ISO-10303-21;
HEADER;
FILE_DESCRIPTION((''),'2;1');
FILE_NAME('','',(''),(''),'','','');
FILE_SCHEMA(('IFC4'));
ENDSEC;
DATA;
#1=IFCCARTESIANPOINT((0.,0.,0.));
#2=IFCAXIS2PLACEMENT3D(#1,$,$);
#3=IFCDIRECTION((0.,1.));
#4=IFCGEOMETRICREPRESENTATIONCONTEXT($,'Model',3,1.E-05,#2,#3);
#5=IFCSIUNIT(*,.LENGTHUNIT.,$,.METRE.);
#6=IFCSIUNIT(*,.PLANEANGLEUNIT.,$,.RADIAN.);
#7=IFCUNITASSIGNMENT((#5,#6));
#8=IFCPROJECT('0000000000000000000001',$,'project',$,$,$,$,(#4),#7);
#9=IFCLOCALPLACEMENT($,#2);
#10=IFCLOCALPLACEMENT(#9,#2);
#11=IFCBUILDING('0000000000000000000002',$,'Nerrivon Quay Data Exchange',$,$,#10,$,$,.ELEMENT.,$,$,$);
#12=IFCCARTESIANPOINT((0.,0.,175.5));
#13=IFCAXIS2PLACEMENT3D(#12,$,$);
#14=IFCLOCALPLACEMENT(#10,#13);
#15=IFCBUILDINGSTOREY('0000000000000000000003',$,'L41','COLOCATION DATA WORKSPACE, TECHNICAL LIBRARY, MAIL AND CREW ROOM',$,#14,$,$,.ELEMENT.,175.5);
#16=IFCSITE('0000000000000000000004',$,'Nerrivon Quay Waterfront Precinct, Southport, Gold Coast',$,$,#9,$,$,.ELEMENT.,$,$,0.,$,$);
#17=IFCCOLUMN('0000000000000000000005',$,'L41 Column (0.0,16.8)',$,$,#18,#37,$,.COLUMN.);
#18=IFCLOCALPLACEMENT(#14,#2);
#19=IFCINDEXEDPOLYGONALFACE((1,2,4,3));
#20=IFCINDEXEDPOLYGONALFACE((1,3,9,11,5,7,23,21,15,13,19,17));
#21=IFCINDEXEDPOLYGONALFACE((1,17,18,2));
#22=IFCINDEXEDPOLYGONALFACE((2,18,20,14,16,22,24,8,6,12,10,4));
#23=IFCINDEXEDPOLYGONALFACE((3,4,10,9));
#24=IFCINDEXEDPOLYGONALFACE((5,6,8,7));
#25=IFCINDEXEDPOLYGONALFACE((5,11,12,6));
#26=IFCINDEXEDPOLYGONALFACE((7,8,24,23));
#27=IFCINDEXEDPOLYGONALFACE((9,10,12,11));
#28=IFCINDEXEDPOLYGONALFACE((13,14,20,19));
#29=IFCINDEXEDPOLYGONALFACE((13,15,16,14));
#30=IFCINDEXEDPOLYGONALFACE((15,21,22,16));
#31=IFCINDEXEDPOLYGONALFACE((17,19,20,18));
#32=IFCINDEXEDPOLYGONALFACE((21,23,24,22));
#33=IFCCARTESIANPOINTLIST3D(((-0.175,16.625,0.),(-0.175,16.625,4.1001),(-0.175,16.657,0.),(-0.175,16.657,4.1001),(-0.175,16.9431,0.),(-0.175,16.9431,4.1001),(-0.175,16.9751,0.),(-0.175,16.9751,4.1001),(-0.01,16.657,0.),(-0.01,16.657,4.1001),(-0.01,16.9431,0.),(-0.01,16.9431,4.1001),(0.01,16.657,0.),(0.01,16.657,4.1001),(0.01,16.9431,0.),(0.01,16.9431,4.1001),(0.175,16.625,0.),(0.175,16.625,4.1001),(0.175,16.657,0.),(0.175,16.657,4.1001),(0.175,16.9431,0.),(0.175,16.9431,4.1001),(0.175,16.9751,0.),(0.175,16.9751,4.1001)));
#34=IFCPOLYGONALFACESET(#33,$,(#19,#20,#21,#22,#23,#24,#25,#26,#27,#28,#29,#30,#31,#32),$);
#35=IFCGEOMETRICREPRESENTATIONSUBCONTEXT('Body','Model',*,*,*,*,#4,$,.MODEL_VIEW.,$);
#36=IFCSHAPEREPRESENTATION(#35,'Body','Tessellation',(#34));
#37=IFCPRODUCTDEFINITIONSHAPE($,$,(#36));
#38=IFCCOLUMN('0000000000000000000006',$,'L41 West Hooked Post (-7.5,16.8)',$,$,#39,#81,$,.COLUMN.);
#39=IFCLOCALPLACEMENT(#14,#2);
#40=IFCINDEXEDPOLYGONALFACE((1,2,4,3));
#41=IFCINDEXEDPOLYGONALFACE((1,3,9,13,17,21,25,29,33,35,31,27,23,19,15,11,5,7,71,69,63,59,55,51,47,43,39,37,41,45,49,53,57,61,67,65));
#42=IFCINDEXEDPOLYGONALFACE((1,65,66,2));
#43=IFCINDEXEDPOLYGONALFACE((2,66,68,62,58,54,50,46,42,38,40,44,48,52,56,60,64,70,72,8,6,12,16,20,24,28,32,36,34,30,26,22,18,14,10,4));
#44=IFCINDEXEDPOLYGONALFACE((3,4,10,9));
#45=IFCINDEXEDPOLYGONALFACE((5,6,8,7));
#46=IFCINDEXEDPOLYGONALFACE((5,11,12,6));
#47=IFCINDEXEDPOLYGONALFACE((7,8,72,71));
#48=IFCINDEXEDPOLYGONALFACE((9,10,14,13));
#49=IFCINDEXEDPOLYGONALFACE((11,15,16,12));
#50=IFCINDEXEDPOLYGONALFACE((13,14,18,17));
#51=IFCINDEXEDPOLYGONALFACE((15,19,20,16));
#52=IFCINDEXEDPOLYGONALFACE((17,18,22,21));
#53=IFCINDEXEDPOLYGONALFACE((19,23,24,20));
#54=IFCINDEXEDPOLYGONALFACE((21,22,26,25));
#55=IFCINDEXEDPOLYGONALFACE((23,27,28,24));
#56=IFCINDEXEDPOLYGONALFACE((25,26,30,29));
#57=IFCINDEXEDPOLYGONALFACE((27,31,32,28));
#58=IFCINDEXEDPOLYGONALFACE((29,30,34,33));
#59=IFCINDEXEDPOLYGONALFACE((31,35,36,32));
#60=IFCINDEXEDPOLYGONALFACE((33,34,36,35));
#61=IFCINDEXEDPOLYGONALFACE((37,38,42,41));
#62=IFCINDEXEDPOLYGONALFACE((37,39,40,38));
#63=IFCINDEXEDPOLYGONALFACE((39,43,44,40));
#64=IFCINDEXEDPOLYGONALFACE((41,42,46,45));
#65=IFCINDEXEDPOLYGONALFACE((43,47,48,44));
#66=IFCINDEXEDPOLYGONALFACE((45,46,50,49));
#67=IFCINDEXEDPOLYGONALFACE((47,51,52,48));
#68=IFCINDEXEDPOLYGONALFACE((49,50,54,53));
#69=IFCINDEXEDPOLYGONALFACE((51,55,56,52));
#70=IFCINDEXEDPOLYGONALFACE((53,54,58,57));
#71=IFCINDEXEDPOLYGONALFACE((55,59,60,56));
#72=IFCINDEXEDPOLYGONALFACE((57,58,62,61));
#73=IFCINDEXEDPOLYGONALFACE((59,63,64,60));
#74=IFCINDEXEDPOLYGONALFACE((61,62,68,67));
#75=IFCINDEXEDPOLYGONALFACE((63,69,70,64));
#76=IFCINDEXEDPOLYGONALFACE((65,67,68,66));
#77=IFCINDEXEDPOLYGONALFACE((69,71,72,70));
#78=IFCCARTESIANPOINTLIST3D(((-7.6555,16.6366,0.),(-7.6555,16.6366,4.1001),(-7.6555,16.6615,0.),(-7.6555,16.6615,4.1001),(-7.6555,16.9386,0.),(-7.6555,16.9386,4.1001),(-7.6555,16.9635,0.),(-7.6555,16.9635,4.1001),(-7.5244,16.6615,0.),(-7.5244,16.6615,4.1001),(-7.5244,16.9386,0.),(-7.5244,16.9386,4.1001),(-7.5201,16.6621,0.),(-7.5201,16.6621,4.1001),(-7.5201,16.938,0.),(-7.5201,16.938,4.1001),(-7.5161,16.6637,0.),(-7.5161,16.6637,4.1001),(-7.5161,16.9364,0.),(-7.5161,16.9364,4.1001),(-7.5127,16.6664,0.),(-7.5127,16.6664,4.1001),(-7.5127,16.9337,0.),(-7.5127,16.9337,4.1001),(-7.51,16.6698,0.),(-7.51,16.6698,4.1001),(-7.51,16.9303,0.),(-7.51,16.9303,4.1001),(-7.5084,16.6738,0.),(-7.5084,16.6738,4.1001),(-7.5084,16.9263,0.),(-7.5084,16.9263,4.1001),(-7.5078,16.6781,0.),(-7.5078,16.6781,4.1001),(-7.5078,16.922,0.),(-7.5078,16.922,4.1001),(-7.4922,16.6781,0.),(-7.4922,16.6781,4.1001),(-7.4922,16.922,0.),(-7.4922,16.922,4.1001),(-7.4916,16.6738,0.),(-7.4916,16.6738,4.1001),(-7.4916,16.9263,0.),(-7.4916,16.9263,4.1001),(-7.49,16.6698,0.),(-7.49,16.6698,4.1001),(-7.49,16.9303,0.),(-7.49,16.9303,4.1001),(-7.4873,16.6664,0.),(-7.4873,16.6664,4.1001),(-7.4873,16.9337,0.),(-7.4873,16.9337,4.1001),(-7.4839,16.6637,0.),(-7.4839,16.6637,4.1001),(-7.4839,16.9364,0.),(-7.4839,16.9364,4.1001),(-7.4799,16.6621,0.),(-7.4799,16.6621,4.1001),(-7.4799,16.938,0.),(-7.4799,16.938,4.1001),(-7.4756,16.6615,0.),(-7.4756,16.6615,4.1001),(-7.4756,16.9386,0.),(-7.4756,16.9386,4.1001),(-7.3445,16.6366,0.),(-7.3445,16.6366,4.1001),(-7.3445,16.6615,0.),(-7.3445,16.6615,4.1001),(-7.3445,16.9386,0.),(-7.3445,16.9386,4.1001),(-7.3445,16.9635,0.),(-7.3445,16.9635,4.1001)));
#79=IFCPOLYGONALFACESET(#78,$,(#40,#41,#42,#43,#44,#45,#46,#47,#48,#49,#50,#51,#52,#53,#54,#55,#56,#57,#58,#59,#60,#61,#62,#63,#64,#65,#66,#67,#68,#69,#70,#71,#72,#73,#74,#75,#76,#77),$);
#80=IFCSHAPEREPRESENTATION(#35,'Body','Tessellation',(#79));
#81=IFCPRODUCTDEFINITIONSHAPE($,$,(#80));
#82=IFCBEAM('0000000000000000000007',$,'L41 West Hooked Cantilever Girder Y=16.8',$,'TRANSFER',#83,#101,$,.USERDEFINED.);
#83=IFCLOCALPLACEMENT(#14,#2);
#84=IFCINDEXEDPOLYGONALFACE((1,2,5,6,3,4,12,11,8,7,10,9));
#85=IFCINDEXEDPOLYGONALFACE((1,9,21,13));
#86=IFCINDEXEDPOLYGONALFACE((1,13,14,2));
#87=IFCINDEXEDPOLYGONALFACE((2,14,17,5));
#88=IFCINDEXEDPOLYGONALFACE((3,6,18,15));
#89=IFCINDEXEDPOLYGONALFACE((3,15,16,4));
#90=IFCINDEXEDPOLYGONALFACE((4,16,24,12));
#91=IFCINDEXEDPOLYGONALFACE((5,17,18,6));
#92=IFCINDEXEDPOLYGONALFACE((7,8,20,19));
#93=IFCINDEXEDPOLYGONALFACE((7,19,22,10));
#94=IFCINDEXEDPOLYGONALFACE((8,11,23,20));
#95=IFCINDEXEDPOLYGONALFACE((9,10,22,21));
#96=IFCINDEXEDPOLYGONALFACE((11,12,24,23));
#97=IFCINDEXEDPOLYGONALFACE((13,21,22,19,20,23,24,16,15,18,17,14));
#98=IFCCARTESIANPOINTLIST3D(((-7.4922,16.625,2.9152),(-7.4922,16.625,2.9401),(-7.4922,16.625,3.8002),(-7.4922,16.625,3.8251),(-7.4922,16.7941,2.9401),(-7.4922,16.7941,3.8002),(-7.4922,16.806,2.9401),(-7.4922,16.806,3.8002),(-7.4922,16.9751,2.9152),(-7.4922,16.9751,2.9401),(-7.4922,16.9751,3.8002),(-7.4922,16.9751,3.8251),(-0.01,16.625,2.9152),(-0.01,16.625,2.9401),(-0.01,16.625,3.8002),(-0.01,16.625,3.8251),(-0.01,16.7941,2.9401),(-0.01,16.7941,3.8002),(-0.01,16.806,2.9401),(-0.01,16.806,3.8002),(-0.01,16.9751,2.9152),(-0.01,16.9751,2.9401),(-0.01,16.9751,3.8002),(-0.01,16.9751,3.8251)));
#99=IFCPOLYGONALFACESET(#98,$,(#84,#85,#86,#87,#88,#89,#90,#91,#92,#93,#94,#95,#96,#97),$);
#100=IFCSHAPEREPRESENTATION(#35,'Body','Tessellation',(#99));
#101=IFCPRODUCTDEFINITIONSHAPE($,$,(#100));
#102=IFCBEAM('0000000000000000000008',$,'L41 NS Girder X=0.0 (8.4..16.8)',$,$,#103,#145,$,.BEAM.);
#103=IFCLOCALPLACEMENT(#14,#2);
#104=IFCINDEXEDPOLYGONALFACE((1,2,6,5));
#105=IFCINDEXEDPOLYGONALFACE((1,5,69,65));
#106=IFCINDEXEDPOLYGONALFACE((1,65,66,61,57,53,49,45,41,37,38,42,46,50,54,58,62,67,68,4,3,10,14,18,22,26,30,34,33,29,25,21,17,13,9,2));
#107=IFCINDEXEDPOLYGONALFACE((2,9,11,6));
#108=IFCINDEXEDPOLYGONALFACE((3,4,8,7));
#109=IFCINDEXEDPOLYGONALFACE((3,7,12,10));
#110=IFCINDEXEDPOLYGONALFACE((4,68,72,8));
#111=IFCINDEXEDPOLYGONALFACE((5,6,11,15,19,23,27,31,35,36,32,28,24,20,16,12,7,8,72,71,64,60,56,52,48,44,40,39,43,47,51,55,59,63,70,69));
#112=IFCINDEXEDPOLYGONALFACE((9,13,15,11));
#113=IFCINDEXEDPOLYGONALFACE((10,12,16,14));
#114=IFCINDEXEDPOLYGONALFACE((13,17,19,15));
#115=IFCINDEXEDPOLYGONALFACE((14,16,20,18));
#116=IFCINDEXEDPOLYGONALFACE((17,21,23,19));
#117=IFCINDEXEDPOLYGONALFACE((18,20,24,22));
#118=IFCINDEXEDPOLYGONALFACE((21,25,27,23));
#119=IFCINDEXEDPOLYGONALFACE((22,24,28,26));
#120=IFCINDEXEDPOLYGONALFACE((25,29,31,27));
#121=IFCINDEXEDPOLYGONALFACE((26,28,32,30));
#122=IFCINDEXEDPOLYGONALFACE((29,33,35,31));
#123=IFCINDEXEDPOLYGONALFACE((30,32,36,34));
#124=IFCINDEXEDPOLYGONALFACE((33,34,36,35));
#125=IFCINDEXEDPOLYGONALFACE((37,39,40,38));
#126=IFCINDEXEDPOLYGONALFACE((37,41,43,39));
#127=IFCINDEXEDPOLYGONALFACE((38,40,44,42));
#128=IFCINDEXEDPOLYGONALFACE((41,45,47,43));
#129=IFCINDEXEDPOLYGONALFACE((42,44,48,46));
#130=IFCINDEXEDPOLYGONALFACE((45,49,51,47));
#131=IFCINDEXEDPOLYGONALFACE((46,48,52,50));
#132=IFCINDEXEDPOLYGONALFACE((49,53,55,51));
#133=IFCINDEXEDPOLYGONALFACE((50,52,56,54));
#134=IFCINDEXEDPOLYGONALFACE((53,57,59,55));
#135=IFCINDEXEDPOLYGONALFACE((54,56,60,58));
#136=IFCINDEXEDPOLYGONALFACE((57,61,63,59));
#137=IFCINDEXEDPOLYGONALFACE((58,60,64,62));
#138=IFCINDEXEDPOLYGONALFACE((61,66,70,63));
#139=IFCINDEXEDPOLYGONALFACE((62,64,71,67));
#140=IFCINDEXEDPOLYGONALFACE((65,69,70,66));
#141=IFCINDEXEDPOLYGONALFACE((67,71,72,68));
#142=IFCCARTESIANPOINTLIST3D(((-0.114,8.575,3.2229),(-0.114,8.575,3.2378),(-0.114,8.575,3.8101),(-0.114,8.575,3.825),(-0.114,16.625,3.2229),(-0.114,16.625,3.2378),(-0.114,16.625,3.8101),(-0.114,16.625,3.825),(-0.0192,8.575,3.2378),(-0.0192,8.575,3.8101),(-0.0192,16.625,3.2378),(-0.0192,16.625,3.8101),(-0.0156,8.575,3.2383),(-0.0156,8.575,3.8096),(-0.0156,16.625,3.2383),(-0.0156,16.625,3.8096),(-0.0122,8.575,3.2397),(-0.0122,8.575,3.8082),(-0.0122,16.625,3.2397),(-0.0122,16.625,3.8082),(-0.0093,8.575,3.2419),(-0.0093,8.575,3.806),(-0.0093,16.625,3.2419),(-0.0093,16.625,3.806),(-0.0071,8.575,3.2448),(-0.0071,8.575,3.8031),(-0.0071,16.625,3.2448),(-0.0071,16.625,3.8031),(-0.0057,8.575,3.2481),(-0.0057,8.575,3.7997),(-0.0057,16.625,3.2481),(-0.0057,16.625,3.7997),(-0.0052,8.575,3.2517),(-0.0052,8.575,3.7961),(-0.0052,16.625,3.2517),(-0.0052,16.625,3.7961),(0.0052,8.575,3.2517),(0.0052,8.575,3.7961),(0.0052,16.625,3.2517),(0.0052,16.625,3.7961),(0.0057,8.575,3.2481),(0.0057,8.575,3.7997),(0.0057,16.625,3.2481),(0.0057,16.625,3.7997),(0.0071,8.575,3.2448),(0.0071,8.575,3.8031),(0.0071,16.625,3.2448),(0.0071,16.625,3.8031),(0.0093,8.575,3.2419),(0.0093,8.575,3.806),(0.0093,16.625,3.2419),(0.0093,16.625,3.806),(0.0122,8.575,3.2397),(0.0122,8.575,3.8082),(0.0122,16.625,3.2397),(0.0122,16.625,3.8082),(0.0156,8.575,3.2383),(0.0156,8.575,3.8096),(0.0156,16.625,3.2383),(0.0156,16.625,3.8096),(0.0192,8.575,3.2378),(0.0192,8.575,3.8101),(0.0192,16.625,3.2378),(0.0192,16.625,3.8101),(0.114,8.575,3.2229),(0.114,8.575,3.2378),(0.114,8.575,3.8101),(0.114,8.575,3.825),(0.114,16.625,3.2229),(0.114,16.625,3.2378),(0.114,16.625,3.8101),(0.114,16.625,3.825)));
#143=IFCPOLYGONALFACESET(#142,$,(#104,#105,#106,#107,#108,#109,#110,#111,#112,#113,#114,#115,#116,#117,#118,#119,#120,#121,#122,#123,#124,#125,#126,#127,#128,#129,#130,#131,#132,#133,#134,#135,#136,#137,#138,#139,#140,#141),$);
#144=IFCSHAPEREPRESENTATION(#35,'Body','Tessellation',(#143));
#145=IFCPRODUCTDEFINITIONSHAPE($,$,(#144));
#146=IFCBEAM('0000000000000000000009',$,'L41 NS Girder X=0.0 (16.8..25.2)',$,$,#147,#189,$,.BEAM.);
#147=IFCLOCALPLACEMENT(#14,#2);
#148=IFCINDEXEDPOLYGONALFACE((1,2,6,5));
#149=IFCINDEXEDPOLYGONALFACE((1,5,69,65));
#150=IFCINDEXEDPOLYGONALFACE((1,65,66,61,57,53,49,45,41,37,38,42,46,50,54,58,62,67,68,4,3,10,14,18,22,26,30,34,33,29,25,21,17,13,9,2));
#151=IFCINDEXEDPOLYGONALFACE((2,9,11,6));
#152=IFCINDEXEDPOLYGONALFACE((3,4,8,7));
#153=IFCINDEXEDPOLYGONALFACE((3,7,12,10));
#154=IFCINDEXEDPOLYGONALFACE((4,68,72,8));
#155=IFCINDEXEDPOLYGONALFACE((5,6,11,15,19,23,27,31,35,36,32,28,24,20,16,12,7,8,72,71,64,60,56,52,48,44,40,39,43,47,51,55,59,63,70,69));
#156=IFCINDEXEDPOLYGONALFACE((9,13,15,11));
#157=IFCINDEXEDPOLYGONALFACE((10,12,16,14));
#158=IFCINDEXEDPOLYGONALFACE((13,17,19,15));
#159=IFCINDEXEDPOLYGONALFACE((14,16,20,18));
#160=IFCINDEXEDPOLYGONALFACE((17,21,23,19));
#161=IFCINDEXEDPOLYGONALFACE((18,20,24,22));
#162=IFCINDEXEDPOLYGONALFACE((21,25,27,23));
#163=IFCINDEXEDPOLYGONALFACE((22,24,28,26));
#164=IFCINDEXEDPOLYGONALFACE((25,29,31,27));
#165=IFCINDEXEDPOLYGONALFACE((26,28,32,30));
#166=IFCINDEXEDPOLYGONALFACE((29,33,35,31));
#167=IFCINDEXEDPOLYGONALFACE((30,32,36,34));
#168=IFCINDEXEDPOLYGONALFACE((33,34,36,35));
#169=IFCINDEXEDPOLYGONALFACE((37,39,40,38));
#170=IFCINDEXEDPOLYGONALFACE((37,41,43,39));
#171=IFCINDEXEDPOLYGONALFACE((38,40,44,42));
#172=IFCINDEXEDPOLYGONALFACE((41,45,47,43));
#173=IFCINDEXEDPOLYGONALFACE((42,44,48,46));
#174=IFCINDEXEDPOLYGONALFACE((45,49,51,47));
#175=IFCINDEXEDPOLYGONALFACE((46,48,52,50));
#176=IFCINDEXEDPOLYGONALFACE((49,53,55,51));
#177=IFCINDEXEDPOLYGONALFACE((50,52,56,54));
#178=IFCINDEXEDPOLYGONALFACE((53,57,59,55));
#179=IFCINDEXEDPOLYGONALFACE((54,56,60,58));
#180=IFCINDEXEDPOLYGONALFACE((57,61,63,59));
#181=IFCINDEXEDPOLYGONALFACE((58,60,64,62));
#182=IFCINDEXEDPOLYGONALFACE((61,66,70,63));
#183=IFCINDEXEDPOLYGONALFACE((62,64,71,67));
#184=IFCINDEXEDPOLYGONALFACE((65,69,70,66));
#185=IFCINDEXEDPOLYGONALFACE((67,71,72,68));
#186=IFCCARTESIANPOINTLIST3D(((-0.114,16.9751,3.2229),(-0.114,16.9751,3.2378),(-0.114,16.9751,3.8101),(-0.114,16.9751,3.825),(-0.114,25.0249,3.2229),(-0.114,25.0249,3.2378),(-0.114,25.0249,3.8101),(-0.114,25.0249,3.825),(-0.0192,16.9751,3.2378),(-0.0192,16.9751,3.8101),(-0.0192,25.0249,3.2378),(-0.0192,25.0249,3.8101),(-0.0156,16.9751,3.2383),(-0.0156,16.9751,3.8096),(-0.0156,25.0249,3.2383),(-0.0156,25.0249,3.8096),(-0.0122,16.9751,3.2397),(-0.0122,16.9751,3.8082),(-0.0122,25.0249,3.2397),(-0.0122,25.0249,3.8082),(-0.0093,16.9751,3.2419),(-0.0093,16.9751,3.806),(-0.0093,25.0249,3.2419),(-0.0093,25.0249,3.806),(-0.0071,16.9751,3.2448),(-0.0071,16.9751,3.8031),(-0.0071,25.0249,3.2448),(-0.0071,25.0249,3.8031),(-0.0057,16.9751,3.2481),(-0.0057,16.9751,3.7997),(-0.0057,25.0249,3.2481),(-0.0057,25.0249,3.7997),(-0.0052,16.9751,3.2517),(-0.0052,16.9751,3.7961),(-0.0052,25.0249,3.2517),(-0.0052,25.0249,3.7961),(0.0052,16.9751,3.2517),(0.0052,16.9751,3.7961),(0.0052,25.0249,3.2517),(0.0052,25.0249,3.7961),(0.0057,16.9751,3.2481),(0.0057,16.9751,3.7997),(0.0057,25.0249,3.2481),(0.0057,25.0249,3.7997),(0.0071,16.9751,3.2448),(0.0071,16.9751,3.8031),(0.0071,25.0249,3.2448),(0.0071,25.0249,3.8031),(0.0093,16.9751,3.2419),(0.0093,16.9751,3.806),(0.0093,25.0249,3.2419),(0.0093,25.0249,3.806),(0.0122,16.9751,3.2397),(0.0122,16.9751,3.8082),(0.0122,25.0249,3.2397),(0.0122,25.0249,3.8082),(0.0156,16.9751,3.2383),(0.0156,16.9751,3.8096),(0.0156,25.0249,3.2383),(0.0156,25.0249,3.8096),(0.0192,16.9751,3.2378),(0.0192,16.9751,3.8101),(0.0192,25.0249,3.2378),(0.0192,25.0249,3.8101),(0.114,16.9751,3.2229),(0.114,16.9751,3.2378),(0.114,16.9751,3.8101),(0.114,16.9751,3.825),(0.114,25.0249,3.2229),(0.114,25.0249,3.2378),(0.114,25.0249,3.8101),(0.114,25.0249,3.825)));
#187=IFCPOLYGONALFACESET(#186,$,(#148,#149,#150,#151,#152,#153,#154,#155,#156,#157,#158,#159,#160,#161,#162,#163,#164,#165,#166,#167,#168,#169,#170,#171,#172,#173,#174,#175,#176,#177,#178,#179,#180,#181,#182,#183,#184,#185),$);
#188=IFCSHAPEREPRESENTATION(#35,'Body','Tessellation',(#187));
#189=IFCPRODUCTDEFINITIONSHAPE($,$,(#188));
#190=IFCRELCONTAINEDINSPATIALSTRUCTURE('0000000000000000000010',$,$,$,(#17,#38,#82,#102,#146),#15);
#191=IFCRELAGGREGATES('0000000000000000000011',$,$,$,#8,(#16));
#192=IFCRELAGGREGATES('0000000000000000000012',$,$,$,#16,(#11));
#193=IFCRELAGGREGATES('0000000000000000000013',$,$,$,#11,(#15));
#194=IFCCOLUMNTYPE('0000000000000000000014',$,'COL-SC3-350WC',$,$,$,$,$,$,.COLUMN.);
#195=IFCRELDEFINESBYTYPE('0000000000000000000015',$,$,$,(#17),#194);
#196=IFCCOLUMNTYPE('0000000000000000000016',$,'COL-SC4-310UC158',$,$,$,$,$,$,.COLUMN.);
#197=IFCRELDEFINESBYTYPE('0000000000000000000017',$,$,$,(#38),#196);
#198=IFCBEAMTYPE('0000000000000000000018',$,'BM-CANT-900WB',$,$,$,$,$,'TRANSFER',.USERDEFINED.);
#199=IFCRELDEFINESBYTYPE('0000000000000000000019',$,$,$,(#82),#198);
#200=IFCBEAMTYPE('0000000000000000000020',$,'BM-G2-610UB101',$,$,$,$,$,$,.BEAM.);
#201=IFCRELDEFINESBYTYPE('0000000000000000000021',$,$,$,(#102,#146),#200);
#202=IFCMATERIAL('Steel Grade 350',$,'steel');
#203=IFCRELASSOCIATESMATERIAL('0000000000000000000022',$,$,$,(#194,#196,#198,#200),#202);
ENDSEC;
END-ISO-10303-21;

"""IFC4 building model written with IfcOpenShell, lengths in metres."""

from ifc_helpers import new_model, si_unit, direction, frame, origin, origin_2d, place, context, subcontext, project, spatial, i_section, extrude, material, material_profile, profile_set, type_object, element, save


model = new_model("IFC4")

# Units and contexts
model_context = context("Model", 3, precision=1e-05, world=origin(), true_north=direction((0.0, 1.0)))
body_context = subcontext(model_context, "Body", "Model", "MODEL_VIEW")
ifc_project = project(units=[si_unit("LENGTHUNIT", "METRE"), si_unit("PLANEANGLEUNIT", "RADIAN")], contexts=[model_context])

# Site, building, storey
site_placement = place(None, origin())
site = spatial("IfcSite", under=ifc_project, at=site_placement, Name="Nerrivon Quay Waterfront Precinct, Southport, Gold Coast", CompositionType="ELEMENT", RefElevation=0.0)
building_placement = place(site_placement, origin())
building = spatial("IfcBuilding", under=site, at=building_placement, Name="Nerrivon Quay Data Exchange", CompositionType="ELEMENT")
storey_placement = place(building_placement, frame((0.0, 0.0, 175.5)))
storey = spatial("IfcBuildingStorey", under=building, at=storey_placement, Name="L41", Description="COLOCATION DATA WORKSPACE, TECHNICAL LIBRARY, MAIL AND CREW ROOM", CompositionType="ELEMENT", Elevation=175.5)

# Columns
ifc_material_1 = material(Name="Steel Grade 350", Category="steel")
ifc_material_profile_1 = material_profile(ifc_material_1, i_section(OverallWidth=0.3501, OverallDepth=0.3501, WebThickness=0.02, FlangeThickness=0.032, at=origin_2d()), Name="350WC230")
ifc_profile_set_1 = profile_set([ifc_material_profile_1], Name="Steel Grade 350")
column_type_1 = type_object("IfcColumnType", Name="COL-SC3-350WC", PredefinedType="COLUMN", material=ifc_profile_set_1)
column_1_placement = place(storey_placement, frame((0.0, 16.8, 0.0), z_axis=(0.0, 0.0, 1.0), x_axis=(1.0, 0.0, 0.0)))
element("IfcColumn", 1, at=column_1_placement, inside=storey, type_object=column_type_1, Name="L41 Column (0.0,16.8)", PredefinedType="COLUMN", context=body_context, shape_type="SweptSolid", body=[
    extrude(i_section(OverallWidth=0.3501, OverallDepth=0.3501, WebThickness=0.02, FlangeThickness=0.032, at=origin_2d()), origin(), (0.0, 0.0, 1.0), 4.1001),
])
ifc_material_profile_2 = material_profile(ifc_material_1, i_section(OverallWidth=0.311, OverallDepth=0.3269, WebThickness=0.0156, FlangeThickness=0.0249, FilletRadius=0.0166, at=origin_2d()), Name="310UC158")
ifc_profile_set_2 = profile_set([ifc_material_profile_2], Name="Steel Grade 350")
column_type_2 = type_object("IfcColumnType", Name="COL-SC4-310UC158", PredefinedType="COLUMN", material=ifc_profile_set_2)
column_2_placement = place(storey_placement, frame((-7.5, 16.8, 0.0), z_axis=(0.0, 0.0, 1.0), x_axis=(1.0, 0.0, 0.0)))
element("IfcColumn", 2, at=column_2_placement, inside=storey, type_object=column_type_2, Name="L41 West Hooked Post (-7.5,16.8)", PredefinedType="COLUMN", context=body_context, shape_type="SweptSolid", body=[
    extrude(i_section(OverallWidth=0.311, OverallDepth=0.3269, WebThickness=0.0156, FlangeThickness=0.0249, FilletRadius=0.0166, at=origin_2d()), origin(), (0.0, 0.0, 1.0), 4.1001),
])

# Beams
ifc_material_profile_3 = material_profile(ifc_material_1, i_section(OverallWidth=0.3501, OverallDepth=0.9099, WebThickness=0.012, FlangeThickness=0.0249, at=origin_2d()), Name="900WB218")
ifc_profile_set_3 = profile_set([ifc_material_profile_3], Name="Steel Grade 350")
beam_type_1 = type_object("IfcBeamType", Name="BM-CANT-900WB", ElementType="TRANSFER", PredefinedType="USERDEFINED", material=ifc_profile_set_3)
beam_1_placement = place(storey_placement, frame((-0.01, 16.8, 3.3701), z_axis=(-1.0, 0.0, 0.0), x_axis=(0.0, -1.0, 0.0)))
element("IfcBeam", 3, at=beam_1_placement, inside=storey, type_object=beam_type_1, Name="L41 West Hooked Cantilever Girder Y=16.8", ObjectType="TRANSFER", PredefinedType="USERDEFINED", context=body_context, shape_type="SweptSolid", body=[
    extrude(i_section(OverallWidth=0.3501, OverallDepth=0.9099, WebThickness=0.012, FlangeThickness=0.0249, at=origin_2d()), origin(), (0.0, 0.0, 1.0), 7.4822),
])
ifc_material_profile_4 = material_profile(ifc_material_1, i_section(OverallWidth=0.228, OverallDepth=0.6021, WebThickness=0.0105, FlangeThickness=0.0149, FilletRadius=0.0139, at=origin_2d()), Name="610UB101")
ifc_profile_set_4 = profile_set([ifc_material_profile_4], Name="Steel Grade 350")
beam_type_2 = type_object("IfcBeamType", Name="BM-G2-610UB101", PredefinedType="BEAM", material=ifc_profile_set_4)
beam_2_placement = place(storey_placement, frame((0.0, 8.575, 3.5239), z_axis=(0.0, 1.0, 0.0), x_axis=(-1.0, 0.0, 0.0)))
element("IfcBeam", 4, at=beam_2_placement, inside=storey, type_object=beam_type_2, Name="L41 NS Girder X=0.0 (8.4..16.8)", PredefinedType="BEAM", context=body_context, shape_type="SweptSolid", body=[
    extrude(i_section(OverallWidth=0.228, OverallDepth=0.6021, WebThickness=0.0105, FlangeThickness=0.0149, FilletRadius=0.0139, at=origin_2d()), origin(), (0.0, 0.0, 1.0), 8.05),
])
beam_3_placement = place(storey_placement, frame((0.0, 16.9751, 3.5239), z_axis=(0.0, 1.0, 0.0), x_axis=(-1.0, 0.0, 0.0)))
element("IfcBeam", 5, at=beam_3_placement, inside=storey, type_object=beam_type_2, Name="L41 NS Girder X=0.0 (16.8..25.2)", PredefinedType="BEAM", context=body_context, shape_type="SweptSolid", body=[
    extrude(i_section(OverallWidth=0.228, OverallDepth=0.6021, WebThickness=0.0105, FlangeThickness=0.0149, FilletRadius=0.0139, at=origin_2d()), origin(), (0.0, 0.0, 1.0), 8.0498),
])

save(model, "model.ifc")
